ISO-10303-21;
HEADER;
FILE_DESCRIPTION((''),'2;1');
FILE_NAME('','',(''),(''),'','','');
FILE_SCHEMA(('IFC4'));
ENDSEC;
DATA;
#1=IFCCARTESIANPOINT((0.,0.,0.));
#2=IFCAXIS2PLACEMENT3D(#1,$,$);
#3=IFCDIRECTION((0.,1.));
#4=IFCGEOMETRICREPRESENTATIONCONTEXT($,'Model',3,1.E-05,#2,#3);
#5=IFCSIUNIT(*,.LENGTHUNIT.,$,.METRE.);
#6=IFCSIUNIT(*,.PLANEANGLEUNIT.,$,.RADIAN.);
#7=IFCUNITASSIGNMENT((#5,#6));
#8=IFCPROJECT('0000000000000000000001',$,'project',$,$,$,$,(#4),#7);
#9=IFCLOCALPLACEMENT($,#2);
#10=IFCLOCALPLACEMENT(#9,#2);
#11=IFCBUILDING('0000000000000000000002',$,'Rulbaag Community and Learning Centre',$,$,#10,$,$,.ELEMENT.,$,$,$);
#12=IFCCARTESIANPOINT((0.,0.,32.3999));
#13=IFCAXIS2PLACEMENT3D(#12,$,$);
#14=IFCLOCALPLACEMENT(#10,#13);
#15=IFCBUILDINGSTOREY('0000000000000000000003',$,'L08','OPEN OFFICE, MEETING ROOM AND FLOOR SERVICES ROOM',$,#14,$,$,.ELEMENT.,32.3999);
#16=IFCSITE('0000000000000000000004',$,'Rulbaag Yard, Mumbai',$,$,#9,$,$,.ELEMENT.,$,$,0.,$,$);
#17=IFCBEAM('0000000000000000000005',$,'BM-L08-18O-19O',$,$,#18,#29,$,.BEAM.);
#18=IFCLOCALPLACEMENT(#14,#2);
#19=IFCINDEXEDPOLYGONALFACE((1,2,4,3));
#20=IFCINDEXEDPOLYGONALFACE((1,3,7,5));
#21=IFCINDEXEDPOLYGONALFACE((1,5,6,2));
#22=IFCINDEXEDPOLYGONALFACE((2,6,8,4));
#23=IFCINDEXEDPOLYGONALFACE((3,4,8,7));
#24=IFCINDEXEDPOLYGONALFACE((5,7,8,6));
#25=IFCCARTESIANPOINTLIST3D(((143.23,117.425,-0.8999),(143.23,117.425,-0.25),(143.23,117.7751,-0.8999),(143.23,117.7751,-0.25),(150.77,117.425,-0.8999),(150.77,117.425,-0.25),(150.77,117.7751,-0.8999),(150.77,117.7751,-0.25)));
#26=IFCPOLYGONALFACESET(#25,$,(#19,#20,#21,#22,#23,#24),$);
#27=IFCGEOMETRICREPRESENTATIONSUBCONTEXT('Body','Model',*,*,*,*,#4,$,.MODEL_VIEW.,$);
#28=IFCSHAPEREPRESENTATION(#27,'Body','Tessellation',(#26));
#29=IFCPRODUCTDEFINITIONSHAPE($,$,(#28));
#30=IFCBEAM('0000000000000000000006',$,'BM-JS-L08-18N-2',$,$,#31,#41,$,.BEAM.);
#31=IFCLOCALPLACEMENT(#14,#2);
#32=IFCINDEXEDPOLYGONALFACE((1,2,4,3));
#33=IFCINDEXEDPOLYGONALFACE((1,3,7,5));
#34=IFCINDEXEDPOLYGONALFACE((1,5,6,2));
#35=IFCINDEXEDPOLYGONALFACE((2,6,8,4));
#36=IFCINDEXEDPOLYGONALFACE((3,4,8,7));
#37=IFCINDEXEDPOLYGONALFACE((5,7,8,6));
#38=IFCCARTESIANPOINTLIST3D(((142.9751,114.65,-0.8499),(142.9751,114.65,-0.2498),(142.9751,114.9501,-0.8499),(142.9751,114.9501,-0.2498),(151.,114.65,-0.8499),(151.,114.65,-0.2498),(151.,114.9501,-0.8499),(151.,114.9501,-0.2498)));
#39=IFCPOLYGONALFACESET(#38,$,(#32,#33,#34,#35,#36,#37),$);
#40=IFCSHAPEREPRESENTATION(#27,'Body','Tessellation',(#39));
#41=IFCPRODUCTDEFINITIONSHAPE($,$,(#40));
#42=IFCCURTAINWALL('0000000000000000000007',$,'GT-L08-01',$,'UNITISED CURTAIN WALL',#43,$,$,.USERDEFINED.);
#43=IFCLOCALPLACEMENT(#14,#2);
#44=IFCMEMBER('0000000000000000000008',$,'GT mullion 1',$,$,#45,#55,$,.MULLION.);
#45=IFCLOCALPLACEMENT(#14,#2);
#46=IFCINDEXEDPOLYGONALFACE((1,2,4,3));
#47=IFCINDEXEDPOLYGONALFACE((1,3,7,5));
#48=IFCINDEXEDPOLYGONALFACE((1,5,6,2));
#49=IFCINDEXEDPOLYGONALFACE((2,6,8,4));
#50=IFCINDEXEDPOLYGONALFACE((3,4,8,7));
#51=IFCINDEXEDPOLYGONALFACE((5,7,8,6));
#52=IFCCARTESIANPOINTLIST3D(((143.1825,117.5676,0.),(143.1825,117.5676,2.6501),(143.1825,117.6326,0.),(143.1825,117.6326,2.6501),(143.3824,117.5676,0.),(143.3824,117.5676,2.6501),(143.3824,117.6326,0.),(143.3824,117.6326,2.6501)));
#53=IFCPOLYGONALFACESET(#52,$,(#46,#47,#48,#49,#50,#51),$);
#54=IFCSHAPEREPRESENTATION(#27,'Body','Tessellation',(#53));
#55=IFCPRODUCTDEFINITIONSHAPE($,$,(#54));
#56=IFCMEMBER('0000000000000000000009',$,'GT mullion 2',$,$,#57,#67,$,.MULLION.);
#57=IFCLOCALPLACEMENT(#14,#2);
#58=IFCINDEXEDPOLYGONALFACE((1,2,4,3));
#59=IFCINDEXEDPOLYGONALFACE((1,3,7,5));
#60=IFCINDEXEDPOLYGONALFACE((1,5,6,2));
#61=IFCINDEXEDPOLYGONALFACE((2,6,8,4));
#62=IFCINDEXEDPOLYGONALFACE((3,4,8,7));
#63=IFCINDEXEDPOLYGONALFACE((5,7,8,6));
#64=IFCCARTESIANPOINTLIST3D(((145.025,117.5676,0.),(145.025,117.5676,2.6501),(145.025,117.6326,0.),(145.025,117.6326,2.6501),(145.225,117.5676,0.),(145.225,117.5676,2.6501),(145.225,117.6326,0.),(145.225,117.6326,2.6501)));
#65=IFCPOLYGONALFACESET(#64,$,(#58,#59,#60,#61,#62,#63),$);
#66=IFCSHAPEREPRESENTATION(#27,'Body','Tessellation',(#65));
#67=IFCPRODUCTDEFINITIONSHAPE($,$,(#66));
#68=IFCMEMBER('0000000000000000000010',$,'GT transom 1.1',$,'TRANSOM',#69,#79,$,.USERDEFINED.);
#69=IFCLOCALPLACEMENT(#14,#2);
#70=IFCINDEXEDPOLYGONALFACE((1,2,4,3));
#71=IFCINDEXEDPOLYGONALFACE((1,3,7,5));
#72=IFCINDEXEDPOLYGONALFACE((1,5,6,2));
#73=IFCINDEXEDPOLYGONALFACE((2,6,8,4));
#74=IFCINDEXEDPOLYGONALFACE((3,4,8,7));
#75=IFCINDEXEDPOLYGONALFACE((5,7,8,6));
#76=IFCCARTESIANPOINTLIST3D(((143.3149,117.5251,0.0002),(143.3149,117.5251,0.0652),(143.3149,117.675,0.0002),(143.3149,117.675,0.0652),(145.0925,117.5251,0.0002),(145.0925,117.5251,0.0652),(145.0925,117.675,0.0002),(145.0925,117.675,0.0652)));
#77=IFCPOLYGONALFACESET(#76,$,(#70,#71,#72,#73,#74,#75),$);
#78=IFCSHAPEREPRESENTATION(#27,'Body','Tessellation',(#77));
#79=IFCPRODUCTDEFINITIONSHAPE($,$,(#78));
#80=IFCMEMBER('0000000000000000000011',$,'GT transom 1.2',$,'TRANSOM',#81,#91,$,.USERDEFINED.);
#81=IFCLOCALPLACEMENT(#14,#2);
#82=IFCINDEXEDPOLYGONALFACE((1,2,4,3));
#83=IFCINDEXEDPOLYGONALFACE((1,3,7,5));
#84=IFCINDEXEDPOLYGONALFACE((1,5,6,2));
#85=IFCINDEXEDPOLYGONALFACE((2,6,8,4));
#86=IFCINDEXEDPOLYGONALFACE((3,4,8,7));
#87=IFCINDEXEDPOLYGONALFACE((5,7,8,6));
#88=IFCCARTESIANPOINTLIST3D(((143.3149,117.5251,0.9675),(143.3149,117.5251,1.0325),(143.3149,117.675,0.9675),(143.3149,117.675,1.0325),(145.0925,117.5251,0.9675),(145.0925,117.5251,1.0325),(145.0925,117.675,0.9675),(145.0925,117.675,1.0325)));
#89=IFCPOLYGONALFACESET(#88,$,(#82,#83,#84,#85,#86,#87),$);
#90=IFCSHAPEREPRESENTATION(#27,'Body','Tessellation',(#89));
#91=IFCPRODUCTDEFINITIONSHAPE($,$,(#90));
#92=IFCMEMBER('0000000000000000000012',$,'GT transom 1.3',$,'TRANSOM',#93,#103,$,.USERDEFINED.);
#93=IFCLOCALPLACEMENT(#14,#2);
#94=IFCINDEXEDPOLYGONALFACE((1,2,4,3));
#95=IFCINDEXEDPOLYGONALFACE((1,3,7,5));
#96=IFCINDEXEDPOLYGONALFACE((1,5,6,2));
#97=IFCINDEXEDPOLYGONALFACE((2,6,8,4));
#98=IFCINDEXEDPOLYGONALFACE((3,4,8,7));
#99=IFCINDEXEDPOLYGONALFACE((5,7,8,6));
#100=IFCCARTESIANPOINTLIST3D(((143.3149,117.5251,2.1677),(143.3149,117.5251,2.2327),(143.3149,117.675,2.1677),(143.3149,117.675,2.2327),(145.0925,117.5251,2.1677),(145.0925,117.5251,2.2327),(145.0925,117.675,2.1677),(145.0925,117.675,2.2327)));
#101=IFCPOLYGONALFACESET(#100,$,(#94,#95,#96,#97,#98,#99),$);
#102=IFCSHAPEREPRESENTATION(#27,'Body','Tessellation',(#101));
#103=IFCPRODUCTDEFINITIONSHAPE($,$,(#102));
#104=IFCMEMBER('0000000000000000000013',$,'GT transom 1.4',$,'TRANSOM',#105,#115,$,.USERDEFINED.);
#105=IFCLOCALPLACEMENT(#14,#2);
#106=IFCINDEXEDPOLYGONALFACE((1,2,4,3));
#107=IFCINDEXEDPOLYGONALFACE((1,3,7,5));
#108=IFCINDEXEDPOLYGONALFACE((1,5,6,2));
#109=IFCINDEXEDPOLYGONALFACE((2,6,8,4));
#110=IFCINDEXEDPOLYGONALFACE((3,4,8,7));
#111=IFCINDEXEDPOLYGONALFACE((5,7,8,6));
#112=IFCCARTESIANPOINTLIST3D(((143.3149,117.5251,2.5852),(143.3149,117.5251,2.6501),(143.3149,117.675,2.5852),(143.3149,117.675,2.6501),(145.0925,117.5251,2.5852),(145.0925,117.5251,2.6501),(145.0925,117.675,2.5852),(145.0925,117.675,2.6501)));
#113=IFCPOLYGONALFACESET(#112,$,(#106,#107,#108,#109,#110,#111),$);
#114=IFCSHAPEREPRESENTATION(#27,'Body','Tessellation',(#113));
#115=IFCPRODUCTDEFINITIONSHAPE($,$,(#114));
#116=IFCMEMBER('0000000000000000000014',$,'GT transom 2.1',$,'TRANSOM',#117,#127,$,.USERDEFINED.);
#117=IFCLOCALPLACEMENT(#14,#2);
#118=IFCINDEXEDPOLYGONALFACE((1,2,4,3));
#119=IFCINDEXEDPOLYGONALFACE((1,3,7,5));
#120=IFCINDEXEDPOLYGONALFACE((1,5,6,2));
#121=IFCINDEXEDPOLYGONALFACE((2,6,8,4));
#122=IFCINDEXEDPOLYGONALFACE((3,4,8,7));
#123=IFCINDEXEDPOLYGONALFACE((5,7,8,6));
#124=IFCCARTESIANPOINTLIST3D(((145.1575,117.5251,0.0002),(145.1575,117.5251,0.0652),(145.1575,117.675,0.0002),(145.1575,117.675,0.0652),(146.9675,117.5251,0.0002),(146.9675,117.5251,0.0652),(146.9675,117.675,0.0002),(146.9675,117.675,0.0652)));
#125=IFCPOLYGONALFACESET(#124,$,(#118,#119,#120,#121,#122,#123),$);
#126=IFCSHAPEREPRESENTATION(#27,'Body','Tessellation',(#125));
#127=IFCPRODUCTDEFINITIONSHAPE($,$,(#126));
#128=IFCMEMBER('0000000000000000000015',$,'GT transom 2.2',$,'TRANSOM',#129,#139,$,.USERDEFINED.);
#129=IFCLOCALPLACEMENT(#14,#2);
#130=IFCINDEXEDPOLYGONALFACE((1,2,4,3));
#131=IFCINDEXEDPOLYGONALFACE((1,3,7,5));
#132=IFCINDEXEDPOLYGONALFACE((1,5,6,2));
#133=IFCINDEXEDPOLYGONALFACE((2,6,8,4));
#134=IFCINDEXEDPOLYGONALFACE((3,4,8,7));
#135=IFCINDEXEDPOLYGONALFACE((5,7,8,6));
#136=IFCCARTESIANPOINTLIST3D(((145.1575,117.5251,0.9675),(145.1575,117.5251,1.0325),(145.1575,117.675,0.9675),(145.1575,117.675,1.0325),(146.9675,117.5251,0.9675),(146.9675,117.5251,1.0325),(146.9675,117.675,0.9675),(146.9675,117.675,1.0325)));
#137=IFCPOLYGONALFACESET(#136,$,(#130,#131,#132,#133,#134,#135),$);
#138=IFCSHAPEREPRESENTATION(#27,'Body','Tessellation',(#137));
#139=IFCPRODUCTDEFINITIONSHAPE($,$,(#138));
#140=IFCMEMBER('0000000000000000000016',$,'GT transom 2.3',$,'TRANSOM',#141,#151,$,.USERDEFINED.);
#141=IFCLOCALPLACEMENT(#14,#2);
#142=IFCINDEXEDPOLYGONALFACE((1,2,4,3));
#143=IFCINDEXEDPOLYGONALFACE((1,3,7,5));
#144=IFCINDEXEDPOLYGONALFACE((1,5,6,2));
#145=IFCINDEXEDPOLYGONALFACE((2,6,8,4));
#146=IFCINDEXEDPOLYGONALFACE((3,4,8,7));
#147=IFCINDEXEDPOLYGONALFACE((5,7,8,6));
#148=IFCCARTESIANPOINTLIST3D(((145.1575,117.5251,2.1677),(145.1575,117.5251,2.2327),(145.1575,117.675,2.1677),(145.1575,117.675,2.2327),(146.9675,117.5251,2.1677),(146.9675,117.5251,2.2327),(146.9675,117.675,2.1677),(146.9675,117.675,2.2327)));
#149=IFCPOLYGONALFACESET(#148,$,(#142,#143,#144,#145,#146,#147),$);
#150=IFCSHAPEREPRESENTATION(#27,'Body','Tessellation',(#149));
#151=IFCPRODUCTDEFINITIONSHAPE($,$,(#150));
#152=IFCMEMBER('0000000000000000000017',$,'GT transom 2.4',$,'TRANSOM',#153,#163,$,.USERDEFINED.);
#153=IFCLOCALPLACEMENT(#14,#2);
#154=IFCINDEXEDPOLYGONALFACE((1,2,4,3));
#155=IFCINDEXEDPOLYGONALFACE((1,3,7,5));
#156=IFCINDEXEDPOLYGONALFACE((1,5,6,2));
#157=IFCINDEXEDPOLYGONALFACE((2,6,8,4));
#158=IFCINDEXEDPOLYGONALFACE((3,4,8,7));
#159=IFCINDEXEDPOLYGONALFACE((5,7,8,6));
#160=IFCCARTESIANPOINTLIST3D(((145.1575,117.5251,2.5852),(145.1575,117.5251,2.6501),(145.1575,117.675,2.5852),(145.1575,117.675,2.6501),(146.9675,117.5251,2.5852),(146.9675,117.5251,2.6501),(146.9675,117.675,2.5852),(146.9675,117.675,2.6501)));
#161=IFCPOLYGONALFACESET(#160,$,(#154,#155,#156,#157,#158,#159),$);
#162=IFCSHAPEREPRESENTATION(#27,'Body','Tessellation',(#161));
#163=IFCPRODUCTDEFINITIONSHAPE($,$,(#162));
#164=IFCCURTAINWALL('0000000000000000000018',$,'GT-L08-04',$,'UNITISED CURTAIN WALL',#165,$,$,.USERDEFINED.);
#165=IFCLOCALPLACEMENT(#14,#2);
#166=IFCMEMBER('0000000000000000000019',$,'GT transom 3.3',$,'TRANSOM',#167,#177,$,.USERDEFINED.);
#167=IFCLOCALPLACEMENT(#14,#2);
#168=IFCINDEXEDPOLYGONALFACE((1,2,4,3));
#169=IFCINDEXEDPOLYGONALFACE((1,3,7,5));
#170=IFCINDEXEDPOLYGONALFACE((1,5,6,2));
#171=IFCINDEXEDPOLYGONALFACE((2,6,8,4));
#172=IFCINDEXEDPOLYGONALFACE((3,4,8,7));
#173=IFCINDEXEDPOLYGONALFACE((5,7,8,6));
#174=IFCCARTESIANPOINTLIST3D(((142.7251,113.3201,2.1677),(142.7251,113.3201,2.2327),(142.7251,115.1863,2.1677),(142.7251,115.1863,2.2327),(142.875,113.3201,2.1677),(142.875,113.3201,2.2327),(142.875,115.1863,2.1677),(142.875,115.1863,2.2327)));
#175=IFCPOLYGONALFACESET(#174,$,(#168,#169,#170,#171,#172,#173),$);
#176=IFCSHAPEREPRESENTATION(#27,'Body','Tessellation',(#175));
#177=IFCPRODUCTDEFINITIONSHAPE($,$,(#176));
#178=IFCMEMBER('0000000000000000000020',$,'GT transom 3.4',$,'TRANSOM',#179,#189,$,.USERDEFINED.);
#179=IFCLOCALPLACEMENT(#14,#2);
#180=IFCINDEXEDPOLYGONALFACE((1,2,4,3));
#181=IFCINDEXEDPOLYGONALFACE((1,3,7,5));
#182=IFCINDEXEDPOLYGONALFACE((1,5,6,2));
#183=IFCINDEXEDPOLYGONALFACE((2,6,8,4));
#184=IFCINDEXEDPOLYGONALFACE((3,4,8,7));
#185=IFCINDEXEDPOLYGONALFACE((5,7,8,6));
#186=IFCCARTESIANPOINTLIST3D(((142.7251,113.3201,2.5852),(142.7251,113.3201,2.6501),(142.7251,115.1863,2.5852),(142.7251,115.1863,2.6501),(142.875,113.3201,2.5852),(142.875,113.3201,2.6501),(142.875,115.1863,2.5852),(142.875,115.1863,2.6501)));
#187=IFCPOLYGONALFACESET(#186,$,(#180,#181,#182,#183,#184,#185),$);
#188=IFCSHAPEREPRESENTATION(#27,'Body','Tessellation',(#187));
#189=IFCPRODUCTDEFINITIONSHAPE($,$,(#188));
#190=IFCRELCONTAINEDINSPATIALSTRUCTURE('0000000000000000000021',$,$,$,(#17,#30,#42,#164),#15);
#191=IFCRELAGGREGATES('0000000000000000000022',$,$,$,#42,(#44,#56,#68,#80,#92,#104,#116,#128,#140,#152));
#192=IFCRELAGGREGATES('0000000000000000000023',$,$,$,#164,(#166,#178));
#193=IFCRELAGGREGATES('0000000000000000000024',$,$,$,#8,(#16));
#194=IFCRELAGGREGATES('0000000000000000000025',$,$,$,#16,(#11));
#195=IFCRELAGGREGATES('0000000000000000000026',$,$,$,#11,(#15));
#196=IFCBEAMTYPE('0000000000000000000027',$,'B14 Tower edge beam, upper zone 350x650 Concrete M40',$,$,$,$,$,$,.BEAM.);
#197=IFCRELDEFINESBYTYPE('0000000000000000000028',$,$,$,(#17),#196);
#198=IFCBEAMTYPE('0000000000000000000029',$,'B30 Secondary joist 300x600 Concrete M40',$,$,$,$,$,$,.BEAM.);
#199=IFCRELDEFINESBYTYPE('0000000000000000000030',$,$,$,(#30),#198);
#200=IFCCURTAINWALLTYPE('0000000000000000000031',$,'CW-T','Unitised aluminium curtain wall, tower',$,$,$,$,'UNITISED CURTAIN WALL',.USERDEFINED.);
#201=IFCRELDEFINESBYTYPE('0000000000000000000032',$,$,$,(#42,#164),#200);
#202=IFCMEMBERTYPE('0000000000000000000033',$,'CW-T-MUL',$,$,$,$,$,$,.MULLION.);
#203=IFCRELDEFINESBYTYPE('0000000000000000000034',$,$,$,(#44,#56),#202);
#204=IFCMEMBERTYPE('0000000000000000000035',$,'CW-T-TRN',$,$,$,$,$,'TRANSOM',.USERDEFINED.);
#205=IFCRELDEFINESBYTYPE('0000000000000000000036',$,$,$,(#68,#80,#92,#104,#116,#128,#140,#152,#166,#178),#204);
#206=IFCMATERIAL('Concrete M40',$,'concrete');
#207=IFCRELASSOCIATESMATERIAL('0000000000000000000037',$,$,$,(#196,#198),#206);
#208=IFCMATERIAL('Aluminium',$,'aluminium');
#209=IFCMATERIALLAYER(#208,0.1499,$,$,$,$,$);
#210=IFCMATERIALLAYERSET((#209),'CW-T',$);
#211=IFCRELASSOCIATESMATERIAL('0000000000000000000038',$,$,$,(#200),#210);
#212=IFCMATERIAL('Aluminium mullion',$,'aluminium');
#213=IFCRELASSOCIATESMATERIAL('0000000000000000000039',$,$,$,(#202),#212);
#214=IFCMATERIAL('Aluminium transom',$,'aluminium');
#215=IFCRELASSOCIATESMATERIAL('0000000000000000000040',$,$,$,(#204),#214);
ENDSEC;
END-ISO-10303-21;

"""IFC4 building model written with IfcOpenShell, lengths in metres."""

from ifc_helpers import new_model, si_unit, direction, frame, origin, origin_2d, place, context, subcontext, project, spatial, rectangle, extrude, material, layer, layer_set, material_profile, profile_set, type_object, element, aggregate, save


model = new_model("IFC4")

# Units and contexts
model_context = context("Model", 3, precision=1e-05, world=origin(), true_north=direction((0.0, 1.0)))
body_context = subcontext(model_context, "Body", "Model", "MODEL_VIEW")
ifc_project = project(units=[si_unit("LENGTHUNIT", "METRE"), si_unit("PLANEANGLEUNIT", "RADIAN")], contexts=[model_context])

# Site, building, storey
site_placement = place(None, origin())
site = spatial("IfcSite", under=ifc_project, at=site_placement, Name="Rulbaag Yard, Mumbai", CompositionType="ELEMENT", RefElevation=0.0)
building_placement = place(site_placement, origin())
building = spatial("IfcBuilding", under=site, at=building_placement, Name="Rulbaag Community and Learning Centre", CompositionType="ELEMENT")
storey_placement = place(building_placement, frame((0.0, 0.0, 32.3999)))
storey = spatial("IfcBuildingStorey", under=building, at=storey_placement, Name="L08", Description="OPEN OFFICE, MEETING ROOM AND FLOOR SERVICES ROOM", CompositionType="ELEMENT", Elevation=32.3999)

# Beams
ifc_material_1 = material(Name="Concrete M40", Category="concrete")
ifc_material_profile_1 = material_profile(ifc_material_1, rectangle(XDim=0.3501, YDim=0.6499, at=origin_2d()), Name="RB350x650")
ifc_profile_set_1 = profile_set([ifc_material_profile_1], Name="Concrete M40")
beam_type_1 = type_object("IfcBeamType", Name="B14 Tower edge beam, upper zone 350x650 Concrete M40", PredefinedType="BEAM", material=ifc_profile_set_1)
beam_1_placement = place(storey_placement, frame((143.23, 117.6001, -0.575), z_axis=(1.0, 0.0, 0.0), x_axis=(0.0, 1.0, 0.0)))
element("IfcBeam", 1, at=beam_1_placement, inside=storey, type_object=beam_type_1, Name="BM-L08-18O-19O", PredefinedType="BEAM", context=body_context, shape_type="SweptSolid", body=[
    extrude(rectangle(XDim=0.3501, YDim=0.6499, at=origin_2d()), origin(), (0.0, 0.0, 1.0), 7.54),
])
ifc_material_profile_2 = material_profile(ifc_material_1, rectangle(XDim=0.3, YDim=0.6001, at=origin_2d()), Name="RB300x600")
ifc_profile_set_2 = profile_set([ifc_material_profile_2], Name="Concrete M40")
beam_type_2 = type_object("IfcBeamType", Name="B30 Secondary joist 300x600 Concrete M40", PredefinedType="BEAM", material=ifc_profile_set_2)
beam_2_placement = place(storey_placement, frame((142.9751, 114.8, -0.5498), z_axis=(1.0, 0.0, 0.0), x_axis=(0.0, 1.0, 0.0)))
element("IfcBeam", 2, at=beam_2_placement, inside=storey, type_object=beam_type_2, Name="BM-JS-L08-18N-2", PredefinedType="BEAM", context=body_context, shape_type="SweptSolid", body=[
    extrude(rectangle(XDim=0.3, YDim=0.6001, at=origin_2d()), origin(), (0.0, 0.0, 1.0), 8.0249),
])

# Curtain walls, members
ifc_material_2 = material(Name="Aluminium", Category="aluminium")
ifc_layer_1 = layer(ifc_material_2, 0.1499)
ifc_layer_set_1 = layer_set([ifc_layer_1], Name="CW-T")
curtain_wall_type = type_object("IfcCurtainWallType", Name="CW-T", Description="Unitised aluminium curtain wall, tower", ElementType="UNITISED CURTAIN WALL", PredefinedType="USERDEFINED", material=ifc_layer_set_1)
curtain_wall_1_placement = place(storey_placement, origin())
curtain_wall_1 = element("IfcCurtainWall", 3, at=curtain_wall_1_placement, inside=storey, type_object=curtain_wall_type, Name="GT-L08-01", ObjectType="UNITISED CURTAIN WALL", PredefinedType="USERDEFINED")
ifc_material_3 = material(Name="Aluminium mullion", Category="aluminium")
ifc_material_profile_3 = material_profile(ifc_material_3, rectangle(XDim=0.0649, YDim=0.2, at=origin_2d()), Name="AL 65x200")
ifc_profile_set_3 = profile_set([ifc_material_profile_3], Name="Aluminium mullion")
member_type_1 = type_object("IfcMemberType", Name="CW-T-MUL", PredefinedType="MULLION", material=ifc_profile_set_3)
member_1_placement = place(storey_placement, frame((143.2825, 117.6001, 0.0), z_axis=(0.0, 0.0, 1.0), x_axis=(0.0, 1.0, 0.0)))
member_1 = element("IfcMember", 4, at=member_1_placement, type_object=member_type_1, Name="GT mullion 1", PredefinedType="MULLION", context=body_context, shape_type="SweptSolid", body=[
    extrude(rectangle(XDim=0.0649, YDim=0.2, at=origin_2d()), origin(), (0.0, 0.0, 1.0), 2.6501),
])
member_2_placement = place(storey_placement, frame((145.125, 117.6001, 0.0), z_axis=(0.0, 0.0, 1.0), x_axis=(0.0, 1.0, 0.0)))
member_2 = element("IfcMember", 5, at=member_2_placement, type_object=member_type_1, Name="GT mullion 2", PredefinedType="MULLION", context=body_context, shape_type="SweptSolid", body=[
    extrude(rectangle(XDim=0.0649, YDim=0.2, at=origin_2d()), origin(), (0.0, 0.0, 1.0), 2.6501),
])
ifc_material_4 = material(Name="Aluminium transom", Category="aluminium")
ifc_material_profile_4 = material_profile(ifc_material_4, rectangle(XDim=0.1499, YDim=0.0649, at=origin_2d()), Name="AL 65x150 T")
ifc_profile_set_4 = profile_set([ifc_material_profile_4], Name="Aluminium transom")
member_type_2 = type_object("IfcMemberType", Name="CW-T-TRN", ElementType="TRANSOM", PredefinedType="USERDEFINED", material=ifc_profile_set_4)
member_3_placement = place(storey_placement, frame((143.3149, 117.6001, 0.0327), z_axis=(1.0, 0.0, 0.0), x_axis=(0.0, 1.0, 0.0)))
member_3 = element("IfcMember", 6, at=member_3_placement, type_object=member_type_2, Name="GT transom 1.1", ObjectType="TRANSOM", PredefinedType="USERDEFINED", context=body_context, shape_type="SweptSolid", body=[
    extrude(rectangle(XDim=0.1499, YDim=0.0649, at=origin_2d()), origin(), (0.0, 0.0, 1.0), 1.7776),
])
member_4_placement = place(storey_placement, frame((143.3149, 117.6001, 1.0), z_axis=(1.0, 0.0, 0.0), x_axis=(0.0, 1.0, 0.0)))
member_4 = element("IfcMember", 7, at=member_4_placement, type_object=member_type_2, Name="GT transom 1.2", ObjectType="TRANSOM", PredefinedType="USERDEFINED", context=body_context, shape_type="SweptSolid", body=[
    extrude(rectangle(XDim=0.1499, YDim=0.0649, at=origin_2d()), origin(), (0.0, 0.0, 1.0), 1.7776),
])
member_5_placement = place(storey_placement, frame((143.3149, 117.6001, 2.2002), z_axis=(1.0, 0.0, 0.0), x_axis=(0.0, 1.0, 0.0)))
member_5 = element("IfcMember", 8, at=member_5_placement, type_object=member_type_2, Name="GT transom 1.3", ObjectType="TRANSOM", PredefinedType="USERDEFINED", context=body_context, shape_type="SweptSolid", body=[
    extrude(rectangle(XDim=0.1499, YDim=0.0649, at=origin_2d()), origin(), (0.0, 0.0, 1.0), 1.7776),
])
member_6_placement = place(storey_placement, frame((143.3149, 117.6001, 2.6177), z_axis=(1.0, 0.0, 0.0), x_axis=(0.0, 1.0, 0.0)))
member_6 = element("IfcMember", 9, at=member_6_placement, type_object=member_type_2, Name="GT transom 1.4", ObjectType="TRANSOM", PredefinedType="USERDEFINED", context=body_context, shape_type="SweptSolid", body=[
    extrude(rectangle(XDim=0.1499, YDim=0.0649, at=origin_2d()), origin(), (0.0, 0.0, 1.0), 1.7776),
])
member_7_placement = place(storey_placement, frame((145.1575, 117.6001, 0.0327), z_axis=(1.0, 0.0, 0.0), x_axis=(0.0, 1.0, 0.0)))
member_7 = element("IfcMember", 10, at=member_7_placement, type_object=member_type_2, Name="GT transom 2.1", ObjectType="TRANSOM", PredefinedType="USERDEFINED", context=body_context, shape_type="SweptSolid", body=[
    extrude(rectangle(XDim=0.1499, YDim=0.0649, at=origin_2d()), origin(), (0.0, 0.0, 1.0), 1.8101),
])
member_8_placement = place(storey_placement, frame((145.1575, 117.6001, 1.0), z_axis=(1.0, 0.0, 0.0), x_axis=(0.0, 1.0, 0.0)))
member_8 = element("IfcMember", 11, at=member_8_placement, type_object=member_type_2, Name="GT transom 2.2", ObjectType="TRANSOM", PredefinedType="USERDEFINED", context=body_context, shape_type="SweptSolid", body=[
    extrude(rectangle(XDim=0.1499, YDim=0.0649, at=origin_2d()), origin(), (0.0, 0.0, 1.0), 1.8101),
])
member_9_placement = place(storey_placement, frame((145.1575, 117.6001, 2.2002), z_axis=(1.0, 0.0, 0.0), x_axis=(0.0, 1.0, 0.0)))
member_9 = element("IfcMember", 12, at=member_9_placement, type_object=member_type_2, Name="GT transom 2.3", ObjectType="TRANSOM", PredefinedType="USERDEFINED", context=body_context, shape_type="SweptSolid", body=[
    extrude(rectangle(XDim=0.1499, YDim=0.0649, at=origin_2d()), origin(), (0.0, 0.0, 1.0), 1.8101),
])
member_10_placement = place(storey_placement, frame((145.1575, 117.6001, 2.6177), z_axis=(1.0, 0.0, 0.0), x_axis=(0.0, 1.0, 0.0)))
member_10 = element("IfcMember", 13, at=member_10_placement, type_object=member_type_2, Name="GT transom 2.4", ObjectType="TRANSOM", PredefinedType="USERDEFINED", context=body_context, shape_type="SweptSolid", body=[
    extrude(rectangle(XDim=0.1499, YDim=0.0649, at=origin_2d()), origin(), (0.0, 0.0, 1.0), 1.8101),
])
curtain_wall_2_placement = place(storey_placement, origin())
curtain_wall_2 = element("IfcCurtainWall", 14, at=curtain_wall_2_placement, inside=storey, type_object=curtain_wall_type, Name="GT-L08-04", ObjectType="UNITISED CURTAIN WALL", PredefinedType="USERDEFINED")
member_11_placement = place(storey_placement, frame((142.8, 113.3201, 2.2002), z_axis=(0.0, 1.0, 0.0), x_axis=(-1.0, 0.0, 0.0)))
member_11 = element("IfcMember", 15, at=member_11_placement, type_object=member_type_2, Name="GT transom 3.3", ObjectType="TRANSOM", PredefinedType="USERDEFINED", context=body_context, shape_type="SweptSolid", body=[
    extrude(rectangle(XDim=0.1499, YDim=0.0649, at=origin_2d()), origin(), (0.0, 0.0, 1.0), 1.8662),
])
member_12_placement = place(storey_placement, frame((142.8, 113.3201, 2.6177), z_axis=(0.0, 1.0, 0.0), x_axis=(-1.0, 0.0, 0.0)))
member_12 = element("IfcMember", 16, at=member_12_placement, type_object=member_type_2, Name="GT transom 3.4", ObjectType="TRANSOM", PredefinedType="USERDEFINED", context=body_context, shape_type="SweptSolid", body=[
    extrude(rectangle(XDim=0.1499, YDim=0.0649, at=origin_2d()), origin(), (0.0, 0.0, 1.0), 1.8662),
])

aggregate(curtain_wall_1, [member_1, member_2, member_3, member_4, member_5, member_6, member_7, member_8, member_9, member_10])
aggregate(curtain_wall_2, [member_11, member_12])

save(model, "model.ifc")
